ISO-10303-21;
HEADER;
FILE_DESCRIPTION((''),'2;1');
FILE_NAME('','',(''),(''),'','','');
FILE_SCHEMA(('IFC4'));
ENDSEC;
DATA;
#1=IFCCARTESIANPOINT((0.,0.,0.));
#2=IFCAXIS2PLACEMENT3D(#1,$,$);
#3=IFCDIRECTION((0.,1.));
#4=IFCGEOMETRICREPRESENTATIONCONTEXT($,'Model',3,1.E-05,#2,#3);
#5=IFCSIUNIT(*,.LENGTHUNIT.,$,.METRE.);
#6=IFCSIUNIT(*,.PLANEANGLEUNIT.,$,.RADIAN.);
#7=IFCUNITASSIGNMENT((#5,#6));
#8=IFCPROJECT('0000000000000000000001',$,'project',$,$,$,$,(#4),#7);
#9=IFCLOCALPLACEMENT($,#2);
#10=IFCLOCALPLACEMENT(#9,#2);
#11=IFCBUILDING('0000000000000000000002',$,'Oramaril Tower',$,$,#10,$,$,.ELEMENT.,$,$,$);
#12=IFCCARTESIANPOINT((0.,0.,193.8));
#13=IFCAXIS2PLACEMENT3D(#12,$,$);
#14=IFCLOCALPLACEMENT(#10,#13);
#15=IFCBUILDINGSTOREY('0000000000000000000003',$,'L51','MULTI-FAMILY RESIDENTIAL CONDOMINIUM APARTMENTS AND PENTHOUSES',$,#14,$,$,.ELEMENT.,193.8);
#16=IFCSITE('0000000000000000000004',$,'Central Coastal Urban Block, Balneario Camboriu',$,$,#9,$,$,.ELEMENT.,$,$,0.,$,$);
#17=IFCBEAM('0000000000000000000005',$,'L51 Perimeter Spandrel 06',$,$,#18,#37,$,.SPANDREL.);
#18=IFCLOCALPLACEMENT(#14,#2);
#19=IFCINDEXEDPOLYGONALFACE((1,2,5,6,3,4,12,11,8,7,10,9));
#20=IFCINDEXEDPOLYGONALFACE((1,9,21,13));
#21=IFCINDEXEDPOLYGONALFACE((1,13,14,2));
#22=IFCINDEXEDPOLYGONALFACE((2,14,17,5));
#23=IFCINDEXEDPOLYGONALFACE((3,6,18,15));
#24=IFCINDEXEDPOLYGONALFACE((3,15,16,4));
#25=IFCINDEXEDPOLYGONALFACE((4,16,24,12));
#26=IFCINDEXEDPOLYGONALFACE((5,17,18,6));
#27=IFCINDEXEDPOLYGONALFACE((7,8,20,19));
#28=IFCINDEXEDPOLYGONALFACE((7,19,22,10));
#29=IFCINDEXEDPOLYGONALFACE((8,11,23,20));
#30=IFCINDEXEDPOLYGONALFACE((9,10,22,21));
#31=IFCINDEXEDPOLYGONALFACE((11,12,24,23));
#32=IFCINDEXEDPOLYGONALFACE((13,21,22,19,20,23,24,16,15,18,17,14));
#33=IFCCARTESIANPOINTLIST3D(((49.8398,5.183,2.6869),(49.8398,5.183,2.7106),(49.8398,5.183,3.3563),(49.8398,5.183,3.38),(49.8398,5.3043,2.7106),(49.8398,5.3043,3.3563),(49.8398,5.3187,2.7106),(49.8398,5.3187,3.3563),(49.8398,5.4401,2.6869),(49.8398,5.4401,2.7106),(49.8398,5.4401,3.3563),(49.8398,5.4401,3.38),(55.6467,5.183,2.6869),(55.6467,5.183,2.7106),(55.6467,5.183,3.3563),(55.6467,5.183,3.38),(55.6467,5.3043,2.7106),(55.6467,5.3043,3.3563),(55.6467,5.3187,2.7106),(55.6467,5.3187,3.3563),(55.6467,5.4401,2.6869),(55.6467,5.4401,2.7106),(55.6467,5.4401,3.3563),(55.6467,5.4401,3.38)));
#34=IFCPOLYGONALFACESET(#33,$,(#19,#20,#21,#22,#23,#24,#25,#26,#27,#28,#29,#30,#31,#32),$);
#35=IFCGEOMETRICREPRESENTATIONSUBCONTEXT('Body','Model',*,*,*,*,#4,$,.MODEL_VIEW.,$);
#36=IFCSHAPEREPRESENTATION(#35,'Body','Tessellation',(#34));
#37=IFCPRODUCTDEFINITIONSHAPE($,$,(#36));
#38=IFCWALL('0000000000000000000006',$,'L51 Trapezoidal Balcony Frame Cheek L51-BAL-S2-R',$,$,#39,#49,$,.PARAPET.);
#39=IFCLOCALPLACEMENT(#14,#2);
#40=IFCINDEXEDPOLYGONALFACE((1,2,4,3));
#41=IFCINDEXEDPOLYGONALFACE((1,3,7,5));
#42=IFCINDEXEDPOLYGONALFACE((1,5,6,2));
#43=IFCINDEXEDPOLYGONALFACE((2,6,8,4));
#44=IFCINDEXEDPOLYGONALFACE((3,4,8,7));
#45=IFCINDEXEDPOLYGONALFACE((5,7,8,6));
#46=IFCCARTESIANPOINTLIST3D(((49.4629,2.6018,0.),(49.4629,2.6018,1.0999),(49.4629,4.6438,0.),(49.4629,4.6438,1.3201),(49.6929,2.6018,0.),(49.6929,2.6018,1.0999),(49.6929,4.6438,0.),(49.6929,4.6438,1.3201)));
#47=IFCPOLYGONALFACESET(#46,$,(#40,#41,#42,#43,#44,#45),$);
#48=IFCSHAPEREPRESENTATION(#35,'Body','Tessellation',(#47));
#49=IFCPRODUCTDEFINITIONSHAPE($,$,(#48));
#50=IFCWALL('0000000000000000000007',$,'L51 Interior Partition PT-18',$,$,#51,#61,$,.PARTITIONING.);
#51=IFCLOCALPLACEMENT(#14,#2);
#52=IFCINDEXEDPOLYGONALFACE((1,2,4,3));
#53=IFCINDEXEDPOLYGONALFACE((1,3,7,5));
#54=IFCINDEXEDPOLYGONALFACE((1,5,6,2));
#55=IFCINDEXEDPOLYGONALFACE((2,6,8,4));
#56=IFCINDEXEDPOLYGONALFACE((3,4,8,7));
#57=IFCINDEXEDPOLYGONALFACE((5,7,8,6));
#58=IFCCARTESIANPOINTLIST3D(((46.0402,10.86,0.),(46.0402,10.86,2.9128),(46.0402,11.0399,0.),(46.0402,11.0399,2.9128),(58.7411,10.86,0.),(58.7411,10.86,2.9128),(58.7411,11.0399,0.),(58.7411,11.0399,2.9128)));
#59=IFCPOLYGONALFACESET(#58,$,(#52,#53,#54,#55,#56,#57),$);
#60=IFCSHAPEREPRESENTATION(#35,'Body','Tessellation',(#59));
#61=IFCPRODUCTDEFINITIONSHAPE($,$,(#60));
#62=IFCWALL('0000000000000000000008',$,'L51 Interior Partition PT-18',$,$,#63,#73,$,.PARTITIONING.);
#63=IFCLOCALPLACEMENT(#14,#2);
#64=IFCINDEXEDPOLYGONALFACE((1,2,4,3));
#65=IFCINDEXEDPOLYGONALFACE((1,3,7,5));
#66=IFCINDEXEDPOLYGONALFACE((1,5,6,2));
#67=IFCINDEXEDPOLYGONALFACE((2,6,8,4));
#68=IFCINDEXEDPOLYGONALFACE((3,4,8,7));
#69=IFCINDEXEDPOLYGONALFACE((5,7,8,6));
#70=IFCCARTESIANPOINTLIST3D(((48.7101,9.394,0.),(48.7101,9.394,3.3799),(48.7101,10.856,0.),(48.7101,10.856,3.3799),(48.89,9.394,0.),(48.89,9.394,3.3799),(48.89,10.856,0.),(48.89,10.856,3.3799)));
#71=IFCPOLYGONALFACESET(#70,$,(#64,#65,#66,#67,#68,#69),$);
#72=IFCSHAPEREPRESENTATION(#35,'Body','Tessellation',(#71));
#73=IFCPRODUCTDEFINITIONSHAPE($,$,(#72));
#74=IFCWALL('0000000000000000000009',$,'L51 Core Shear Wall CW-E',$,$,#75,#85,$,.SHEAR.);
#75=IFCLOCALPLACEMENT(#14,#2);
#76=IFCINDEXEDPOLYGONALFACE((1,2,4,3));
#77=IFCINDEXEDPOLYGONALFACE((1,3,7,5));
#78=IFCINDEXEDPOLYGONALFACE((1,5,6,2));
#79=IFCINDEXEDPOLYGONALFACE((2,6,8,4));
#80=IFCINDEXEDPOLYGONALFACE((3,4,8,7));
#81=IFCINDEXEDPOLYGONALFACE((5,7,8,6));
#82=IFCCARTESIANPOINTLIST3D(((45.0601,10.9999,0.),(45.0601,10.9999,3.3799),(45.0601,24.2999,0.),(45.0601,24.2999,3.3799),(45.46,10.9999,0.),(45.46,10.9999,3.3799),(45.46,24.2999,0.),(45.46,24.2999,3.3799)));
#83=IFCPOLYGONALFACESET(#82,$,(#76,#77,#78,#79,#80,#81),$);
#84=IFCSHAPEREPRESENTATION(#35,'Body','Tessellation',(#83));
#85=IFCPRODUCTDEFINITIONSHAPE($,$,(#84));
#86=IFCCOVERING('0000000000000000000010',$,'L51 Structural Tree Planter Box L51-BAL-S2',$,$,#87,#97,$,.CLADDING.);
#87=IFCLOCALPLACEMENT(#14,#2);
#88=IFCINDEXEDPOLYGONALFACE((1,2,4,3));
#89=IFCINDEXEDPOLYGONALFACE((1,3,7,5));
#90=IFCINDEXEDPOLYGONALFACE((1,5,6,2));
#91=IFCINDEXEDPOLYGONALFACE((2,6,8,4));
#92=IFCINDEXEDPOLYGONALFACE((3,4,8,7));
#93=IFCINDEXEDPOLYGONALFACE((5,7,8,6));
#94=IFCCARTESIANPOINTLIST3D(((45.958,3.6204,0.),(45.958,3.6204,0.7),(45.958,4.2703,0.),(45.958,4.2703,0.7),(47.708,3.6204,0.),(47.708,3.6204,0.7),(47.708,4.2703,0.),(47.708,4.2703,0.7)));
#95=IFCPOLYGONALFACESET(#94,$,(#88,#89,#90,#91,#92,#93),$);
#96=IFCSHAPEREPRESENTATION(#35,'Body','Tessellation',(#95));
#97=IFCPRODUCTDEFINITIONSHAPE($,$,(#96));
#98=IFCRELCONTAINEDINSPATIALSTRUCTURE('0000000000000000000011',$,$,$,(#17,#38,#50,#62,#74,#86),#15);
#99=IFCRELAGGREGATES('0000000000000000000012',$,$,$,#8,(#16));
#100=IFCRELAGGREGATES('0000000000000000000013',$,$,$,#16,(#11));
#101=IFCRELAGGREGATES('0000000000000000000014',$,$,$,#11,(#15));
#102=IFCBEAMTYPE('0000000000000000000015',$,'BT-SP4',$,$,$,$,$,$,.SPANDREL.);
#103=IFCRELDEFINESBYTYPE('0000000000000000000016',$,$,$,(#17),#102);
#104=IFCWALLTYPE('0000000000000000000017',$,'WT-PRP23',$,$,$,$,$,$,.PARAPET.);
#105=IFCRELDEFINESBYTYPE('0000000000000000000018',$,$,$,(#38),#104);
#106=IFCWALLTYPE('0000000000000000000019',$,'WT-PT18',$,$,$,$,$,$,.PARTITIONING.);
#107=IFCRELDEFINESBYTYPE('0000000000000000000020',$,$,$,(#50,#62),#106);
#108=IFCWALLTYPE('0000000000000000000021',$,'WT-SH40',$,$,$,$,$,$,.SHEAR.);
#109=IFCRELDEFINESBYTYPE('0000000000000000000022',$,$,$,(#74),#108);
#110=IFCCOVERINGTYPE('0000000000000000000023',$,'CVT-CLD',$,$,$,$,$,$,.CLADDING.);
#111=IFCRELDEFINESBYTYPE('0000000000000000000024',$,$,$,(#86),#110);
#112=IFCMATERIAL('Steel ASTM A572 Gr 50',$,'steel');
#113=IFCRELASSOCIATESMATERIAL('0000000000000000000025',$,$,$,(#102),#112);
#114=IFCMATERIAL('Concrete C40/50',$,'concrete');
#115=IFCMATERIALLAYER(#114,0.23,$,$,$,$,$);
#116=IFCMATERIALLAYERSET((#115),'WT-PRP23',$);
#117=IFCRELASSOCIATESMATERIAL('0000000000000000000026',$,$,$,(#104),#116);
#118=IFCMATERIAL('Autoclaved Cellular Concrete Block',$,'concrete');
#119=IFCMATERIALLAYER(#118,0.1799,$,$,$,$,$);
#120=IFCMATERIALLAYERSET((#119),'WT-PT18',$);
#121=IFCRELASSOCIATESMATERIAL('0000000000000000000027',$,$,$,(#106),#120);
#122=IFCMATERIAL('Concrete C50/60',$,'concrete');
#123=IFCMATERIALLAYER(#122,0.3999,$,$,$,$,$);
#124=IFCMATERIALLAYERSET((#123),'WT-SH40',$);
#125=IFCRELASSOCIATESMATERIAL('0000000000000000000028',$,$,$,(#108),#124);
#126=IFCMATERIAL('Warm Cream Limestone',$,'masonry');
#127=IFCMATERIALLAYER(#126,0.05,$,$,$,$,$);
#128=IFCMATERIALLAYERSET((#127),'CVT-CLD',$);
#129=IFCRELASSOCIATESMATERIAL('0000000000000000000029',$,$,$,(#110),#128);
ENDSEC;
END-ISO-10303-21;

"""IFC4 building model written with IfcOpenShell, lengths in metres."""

from ifc_helpers import new_model, si_unit, direction, frame, frame_2d, origin, origin_2d, place, context, subcontext, project, spatial, polyline, rectangle, i_section, outline, extrude, material, layer, layer_set, material_profile, profile_set, type_object, element, save


model = new_model("IFC4")

# Units and contexts
model_context = context("Model", 3, precision=1e-05, world=origin(), true_north=direction((0.0, 1.0)))
body_context = subcontext(model_context, "Body", "Model", "MODEL_VIEW")
ifc_project = project(units=[si_unit("LENGTHUNIT", "METRE"), si_unit("PLANEANGLEUNIT", "RADIAN")], contexts=[model_context])

# Site, building, storey
site_placement = place(None, origin())
site = spatial("IfcSite", under=ifc_project, at=site_placement, Name="Central Coastal Urban Block, Balneario Camboriu", CompositionType="ELEMENT", RefElevation=0.0)
building_placement = place(site_placement, origin())
building = spatial("IfcBuilding", under=site, at=building_placement, Name="Oramaril Tower", CompositionType="ELEMENT")
storey_placement = place(building_placement, frame((0.0, 0.0, 193.8)))
storey = spatial("IfcBuildingStorey", under=building, at=storey_placement, Name="L51", Description="MULTI-FAMILY RESIDENTIAL CONDOMINIUM APARTMENTS AND PENTHOUSES", CompositionType="ELEMENT", Elevation=193.8)

# Beam
ifc_material_1 = material(Name="Steel ASTM A572 Gr 50", Category="steel")
ifc_material_profile_1 = material_profile(ifc_material_1, i_section(OverallWidth=0.2571, OverallDepth=0.6931, WebThickness=0.0144, FlangeThickness=0.0237, at=origin_2d()), Name="W27X114")
ifc_profile_set_1 = profile_set([ifc_material_profile_1], Name="Steel ASTM A572 Gr 50")
beam_type_1 = type_object("IfcBeamType", Name="BT-SP4", PredefinedType="SPANDREL", material=ifc_profile_set_1)
beam_1_placement = place(storey_placement, frame((49.8398, 5.3115, 3.0334), z_axis=(1.0, 0.0, 0.0), x_axis=(0.0, 1.0, 0.0)))
element("IfcBeam", 1, at=beam_1_placement, inside=storey, type_object=beam_type_1, Name="L51 Perimeter Spandrel 06", PredefinedType="SPANDREL", context=body_context, shape_type="SweptSolid", body=[
    extrude(i_section(OverallWidth=0.2571, OverallDepth=0.6931, WebThickness=0.0144, FlangeThickness=0.0237, at=origin_2d()), origin(), (0.0, 0.0, 1.0), 5.8069),
])

# Walls
ifc_material_2 = material(Name="Concrete C40/50", Category="concrete")
ifc_layer_1 = layer(ifc_material_2, 0.23)
ifc_layer_set_1 = layer_set([ifc_layer_1], Name="WT-PRP23")
wall_type_1 = type_object("IfcWallType", Name="WT-PRP23", PredefinedType="PARAPET", material=ifc_layer_set_1)
wall_1_placement = place(storey_placement, frame((49.5779, 4.6438, 0.0), z_axis=(0.0, 0.0, 1.0), x_axis=(0.0, -1.0, 0.0)))
element("IfcWall", 2, at=wall_1_placement, inside=storey, type_object=wall_type_1, Name="L51 Trapezoidal Balcony Frame Cheek L51-BAL-S2-R", PredefinedType="PARAPET", context=body_context, shape_type="SweptSolid", body=[
    extrude(outline(polyline([(0.0, 0.0), (2.042, 0.0), (2.042, 1.0999), (0.0, 1.3201), (0.0, 0.0)])), frame((0.0, 0.115, 0.0), z_axis=(0.0, -1.0, 0.0), x_axis=(1.0, 0.0, 0.0)), (0.0, 0.0, 1.0), 0.23),
])
ifc_material_3 = material(Name="Autoclaved Cellular Concrete Block", Category="concrete")
ifc_layer_2 = layer(ifc_material_3, 0.1799)
ifc_layer_set_2 = layer_set([ifc_layer_2], Name="WT-PT18")
wall_type_2 = type_object("IfcWallType", Name="WT-PT18", PredefinedType="PARTITIONING", material=ifc_layer_set_2)
wall_2_placement = place(storey_placement, frame((46.04, 10.95, 0.0), z_axis=(0.0, 0.0, 1.0), x_axis=(1.0, 0.0, 0.0)))
element("IfcWall", 3, at=wall_2_placement, inside=storey, type_object=wall_type_2, Name="L51 Interior Partition PT-18", PredefinedType="PARTITIONING", context=body_context, shape_type="SweptSolid", body=[
    extrude(rectangle(XDim=12.7009, YDim=0.1799, at=frame_2d((6.3506, 0.0))), origin(), (0.0, 0.0, 1.0), 2.9128),
])
wall_3_placement = place(storey_placement, frame((48.8, 9.394, 0.0), z_axis=(0.0, 0.0, 1.0), x_axis=(0.0, 1.0, 0.0)))
element("IfcWall", 4, at=wall_3_placement, inside=storey, type_object=wall_type_2, Name="L51 Interior Partition PT-18", PredefinedType="PARTITIONING", context=body_context, shape_type="SweptSolid", body=[
    extrude(rectangle(XDim=1.4619, YDim=0.1799, at=frame_2d((0.731, 0.0))), origin(), (0.0, 0.0, 1.0), 3.3799),
])
ifc_material_4 = material(Name="Concrete C50/60", Category="concrete")
ifc_layer_3 = layer(ifc_material_4, 0.3999)
ifc_layer_set_3 = layer_set([ifc_layer_3], Name="WT-SH40")
wall_type_3 = type_object("IfcWallType", Name="WT-SH40", PredefinedType="SHEAR", material=ifc_layer_set_3)
wall_4_placement = place(storey_placement, frame((45.26, 11.0, 0.0), z_axis=(0.0, 0.0, 1.0), x_axis=(0.0, 1.0, 0.0)))
element("IfcWall", 5, at=wall_4_placement, inside=storey, type_object=wall_type_3, Name="L51 Core Shear Wall CW-E", PredefinedType="SHEAR", context=body_context, shape_type="SweptSolid", body=[
    extrude(rectangle(XDim=13.3, YDim=0.3999, at=frame_2d((6.6499, 0.0))), origin(), (0.0, 0.0, 1.0), 3.3799),
])

# Covering
ifc_material_5 = material(Name="Warm Cream Limestone", Category="masonry")
ifc_layer_4 = layer(ifc_material_5, 0.05)
ifc_layer_set_4 = layer_set([ifc_layer_4], Name="CVT-CLD")
covering_type = type_object("IfcCoveringType", Name="CVT-CLD", PredefinedType="CLADDING", material=ifc_layer_set_4)
covering_placement = place(storey_placement, frame((46.833, 3.9453, 0.0), z_axis=(0.0, 0.0, 1.0), x_axis=(1.0, 0.0, 0.0)))
element("IfcCovering", 6, at=covering_placement, inside=storey, type_object=covering_type, Name="L51 Structural Tree Planter Box L51-BAL-S2", PredefinedType="CLADDING", context=body_context, shape_type="SweptSolid", body=[
    extrude(rectangle(XDim=1.75, YDim=0.6499, at=origin_2d()), origin(), (0.0, 0.0, 1.0), 0.7),
])

save(model, "model.ifc")
